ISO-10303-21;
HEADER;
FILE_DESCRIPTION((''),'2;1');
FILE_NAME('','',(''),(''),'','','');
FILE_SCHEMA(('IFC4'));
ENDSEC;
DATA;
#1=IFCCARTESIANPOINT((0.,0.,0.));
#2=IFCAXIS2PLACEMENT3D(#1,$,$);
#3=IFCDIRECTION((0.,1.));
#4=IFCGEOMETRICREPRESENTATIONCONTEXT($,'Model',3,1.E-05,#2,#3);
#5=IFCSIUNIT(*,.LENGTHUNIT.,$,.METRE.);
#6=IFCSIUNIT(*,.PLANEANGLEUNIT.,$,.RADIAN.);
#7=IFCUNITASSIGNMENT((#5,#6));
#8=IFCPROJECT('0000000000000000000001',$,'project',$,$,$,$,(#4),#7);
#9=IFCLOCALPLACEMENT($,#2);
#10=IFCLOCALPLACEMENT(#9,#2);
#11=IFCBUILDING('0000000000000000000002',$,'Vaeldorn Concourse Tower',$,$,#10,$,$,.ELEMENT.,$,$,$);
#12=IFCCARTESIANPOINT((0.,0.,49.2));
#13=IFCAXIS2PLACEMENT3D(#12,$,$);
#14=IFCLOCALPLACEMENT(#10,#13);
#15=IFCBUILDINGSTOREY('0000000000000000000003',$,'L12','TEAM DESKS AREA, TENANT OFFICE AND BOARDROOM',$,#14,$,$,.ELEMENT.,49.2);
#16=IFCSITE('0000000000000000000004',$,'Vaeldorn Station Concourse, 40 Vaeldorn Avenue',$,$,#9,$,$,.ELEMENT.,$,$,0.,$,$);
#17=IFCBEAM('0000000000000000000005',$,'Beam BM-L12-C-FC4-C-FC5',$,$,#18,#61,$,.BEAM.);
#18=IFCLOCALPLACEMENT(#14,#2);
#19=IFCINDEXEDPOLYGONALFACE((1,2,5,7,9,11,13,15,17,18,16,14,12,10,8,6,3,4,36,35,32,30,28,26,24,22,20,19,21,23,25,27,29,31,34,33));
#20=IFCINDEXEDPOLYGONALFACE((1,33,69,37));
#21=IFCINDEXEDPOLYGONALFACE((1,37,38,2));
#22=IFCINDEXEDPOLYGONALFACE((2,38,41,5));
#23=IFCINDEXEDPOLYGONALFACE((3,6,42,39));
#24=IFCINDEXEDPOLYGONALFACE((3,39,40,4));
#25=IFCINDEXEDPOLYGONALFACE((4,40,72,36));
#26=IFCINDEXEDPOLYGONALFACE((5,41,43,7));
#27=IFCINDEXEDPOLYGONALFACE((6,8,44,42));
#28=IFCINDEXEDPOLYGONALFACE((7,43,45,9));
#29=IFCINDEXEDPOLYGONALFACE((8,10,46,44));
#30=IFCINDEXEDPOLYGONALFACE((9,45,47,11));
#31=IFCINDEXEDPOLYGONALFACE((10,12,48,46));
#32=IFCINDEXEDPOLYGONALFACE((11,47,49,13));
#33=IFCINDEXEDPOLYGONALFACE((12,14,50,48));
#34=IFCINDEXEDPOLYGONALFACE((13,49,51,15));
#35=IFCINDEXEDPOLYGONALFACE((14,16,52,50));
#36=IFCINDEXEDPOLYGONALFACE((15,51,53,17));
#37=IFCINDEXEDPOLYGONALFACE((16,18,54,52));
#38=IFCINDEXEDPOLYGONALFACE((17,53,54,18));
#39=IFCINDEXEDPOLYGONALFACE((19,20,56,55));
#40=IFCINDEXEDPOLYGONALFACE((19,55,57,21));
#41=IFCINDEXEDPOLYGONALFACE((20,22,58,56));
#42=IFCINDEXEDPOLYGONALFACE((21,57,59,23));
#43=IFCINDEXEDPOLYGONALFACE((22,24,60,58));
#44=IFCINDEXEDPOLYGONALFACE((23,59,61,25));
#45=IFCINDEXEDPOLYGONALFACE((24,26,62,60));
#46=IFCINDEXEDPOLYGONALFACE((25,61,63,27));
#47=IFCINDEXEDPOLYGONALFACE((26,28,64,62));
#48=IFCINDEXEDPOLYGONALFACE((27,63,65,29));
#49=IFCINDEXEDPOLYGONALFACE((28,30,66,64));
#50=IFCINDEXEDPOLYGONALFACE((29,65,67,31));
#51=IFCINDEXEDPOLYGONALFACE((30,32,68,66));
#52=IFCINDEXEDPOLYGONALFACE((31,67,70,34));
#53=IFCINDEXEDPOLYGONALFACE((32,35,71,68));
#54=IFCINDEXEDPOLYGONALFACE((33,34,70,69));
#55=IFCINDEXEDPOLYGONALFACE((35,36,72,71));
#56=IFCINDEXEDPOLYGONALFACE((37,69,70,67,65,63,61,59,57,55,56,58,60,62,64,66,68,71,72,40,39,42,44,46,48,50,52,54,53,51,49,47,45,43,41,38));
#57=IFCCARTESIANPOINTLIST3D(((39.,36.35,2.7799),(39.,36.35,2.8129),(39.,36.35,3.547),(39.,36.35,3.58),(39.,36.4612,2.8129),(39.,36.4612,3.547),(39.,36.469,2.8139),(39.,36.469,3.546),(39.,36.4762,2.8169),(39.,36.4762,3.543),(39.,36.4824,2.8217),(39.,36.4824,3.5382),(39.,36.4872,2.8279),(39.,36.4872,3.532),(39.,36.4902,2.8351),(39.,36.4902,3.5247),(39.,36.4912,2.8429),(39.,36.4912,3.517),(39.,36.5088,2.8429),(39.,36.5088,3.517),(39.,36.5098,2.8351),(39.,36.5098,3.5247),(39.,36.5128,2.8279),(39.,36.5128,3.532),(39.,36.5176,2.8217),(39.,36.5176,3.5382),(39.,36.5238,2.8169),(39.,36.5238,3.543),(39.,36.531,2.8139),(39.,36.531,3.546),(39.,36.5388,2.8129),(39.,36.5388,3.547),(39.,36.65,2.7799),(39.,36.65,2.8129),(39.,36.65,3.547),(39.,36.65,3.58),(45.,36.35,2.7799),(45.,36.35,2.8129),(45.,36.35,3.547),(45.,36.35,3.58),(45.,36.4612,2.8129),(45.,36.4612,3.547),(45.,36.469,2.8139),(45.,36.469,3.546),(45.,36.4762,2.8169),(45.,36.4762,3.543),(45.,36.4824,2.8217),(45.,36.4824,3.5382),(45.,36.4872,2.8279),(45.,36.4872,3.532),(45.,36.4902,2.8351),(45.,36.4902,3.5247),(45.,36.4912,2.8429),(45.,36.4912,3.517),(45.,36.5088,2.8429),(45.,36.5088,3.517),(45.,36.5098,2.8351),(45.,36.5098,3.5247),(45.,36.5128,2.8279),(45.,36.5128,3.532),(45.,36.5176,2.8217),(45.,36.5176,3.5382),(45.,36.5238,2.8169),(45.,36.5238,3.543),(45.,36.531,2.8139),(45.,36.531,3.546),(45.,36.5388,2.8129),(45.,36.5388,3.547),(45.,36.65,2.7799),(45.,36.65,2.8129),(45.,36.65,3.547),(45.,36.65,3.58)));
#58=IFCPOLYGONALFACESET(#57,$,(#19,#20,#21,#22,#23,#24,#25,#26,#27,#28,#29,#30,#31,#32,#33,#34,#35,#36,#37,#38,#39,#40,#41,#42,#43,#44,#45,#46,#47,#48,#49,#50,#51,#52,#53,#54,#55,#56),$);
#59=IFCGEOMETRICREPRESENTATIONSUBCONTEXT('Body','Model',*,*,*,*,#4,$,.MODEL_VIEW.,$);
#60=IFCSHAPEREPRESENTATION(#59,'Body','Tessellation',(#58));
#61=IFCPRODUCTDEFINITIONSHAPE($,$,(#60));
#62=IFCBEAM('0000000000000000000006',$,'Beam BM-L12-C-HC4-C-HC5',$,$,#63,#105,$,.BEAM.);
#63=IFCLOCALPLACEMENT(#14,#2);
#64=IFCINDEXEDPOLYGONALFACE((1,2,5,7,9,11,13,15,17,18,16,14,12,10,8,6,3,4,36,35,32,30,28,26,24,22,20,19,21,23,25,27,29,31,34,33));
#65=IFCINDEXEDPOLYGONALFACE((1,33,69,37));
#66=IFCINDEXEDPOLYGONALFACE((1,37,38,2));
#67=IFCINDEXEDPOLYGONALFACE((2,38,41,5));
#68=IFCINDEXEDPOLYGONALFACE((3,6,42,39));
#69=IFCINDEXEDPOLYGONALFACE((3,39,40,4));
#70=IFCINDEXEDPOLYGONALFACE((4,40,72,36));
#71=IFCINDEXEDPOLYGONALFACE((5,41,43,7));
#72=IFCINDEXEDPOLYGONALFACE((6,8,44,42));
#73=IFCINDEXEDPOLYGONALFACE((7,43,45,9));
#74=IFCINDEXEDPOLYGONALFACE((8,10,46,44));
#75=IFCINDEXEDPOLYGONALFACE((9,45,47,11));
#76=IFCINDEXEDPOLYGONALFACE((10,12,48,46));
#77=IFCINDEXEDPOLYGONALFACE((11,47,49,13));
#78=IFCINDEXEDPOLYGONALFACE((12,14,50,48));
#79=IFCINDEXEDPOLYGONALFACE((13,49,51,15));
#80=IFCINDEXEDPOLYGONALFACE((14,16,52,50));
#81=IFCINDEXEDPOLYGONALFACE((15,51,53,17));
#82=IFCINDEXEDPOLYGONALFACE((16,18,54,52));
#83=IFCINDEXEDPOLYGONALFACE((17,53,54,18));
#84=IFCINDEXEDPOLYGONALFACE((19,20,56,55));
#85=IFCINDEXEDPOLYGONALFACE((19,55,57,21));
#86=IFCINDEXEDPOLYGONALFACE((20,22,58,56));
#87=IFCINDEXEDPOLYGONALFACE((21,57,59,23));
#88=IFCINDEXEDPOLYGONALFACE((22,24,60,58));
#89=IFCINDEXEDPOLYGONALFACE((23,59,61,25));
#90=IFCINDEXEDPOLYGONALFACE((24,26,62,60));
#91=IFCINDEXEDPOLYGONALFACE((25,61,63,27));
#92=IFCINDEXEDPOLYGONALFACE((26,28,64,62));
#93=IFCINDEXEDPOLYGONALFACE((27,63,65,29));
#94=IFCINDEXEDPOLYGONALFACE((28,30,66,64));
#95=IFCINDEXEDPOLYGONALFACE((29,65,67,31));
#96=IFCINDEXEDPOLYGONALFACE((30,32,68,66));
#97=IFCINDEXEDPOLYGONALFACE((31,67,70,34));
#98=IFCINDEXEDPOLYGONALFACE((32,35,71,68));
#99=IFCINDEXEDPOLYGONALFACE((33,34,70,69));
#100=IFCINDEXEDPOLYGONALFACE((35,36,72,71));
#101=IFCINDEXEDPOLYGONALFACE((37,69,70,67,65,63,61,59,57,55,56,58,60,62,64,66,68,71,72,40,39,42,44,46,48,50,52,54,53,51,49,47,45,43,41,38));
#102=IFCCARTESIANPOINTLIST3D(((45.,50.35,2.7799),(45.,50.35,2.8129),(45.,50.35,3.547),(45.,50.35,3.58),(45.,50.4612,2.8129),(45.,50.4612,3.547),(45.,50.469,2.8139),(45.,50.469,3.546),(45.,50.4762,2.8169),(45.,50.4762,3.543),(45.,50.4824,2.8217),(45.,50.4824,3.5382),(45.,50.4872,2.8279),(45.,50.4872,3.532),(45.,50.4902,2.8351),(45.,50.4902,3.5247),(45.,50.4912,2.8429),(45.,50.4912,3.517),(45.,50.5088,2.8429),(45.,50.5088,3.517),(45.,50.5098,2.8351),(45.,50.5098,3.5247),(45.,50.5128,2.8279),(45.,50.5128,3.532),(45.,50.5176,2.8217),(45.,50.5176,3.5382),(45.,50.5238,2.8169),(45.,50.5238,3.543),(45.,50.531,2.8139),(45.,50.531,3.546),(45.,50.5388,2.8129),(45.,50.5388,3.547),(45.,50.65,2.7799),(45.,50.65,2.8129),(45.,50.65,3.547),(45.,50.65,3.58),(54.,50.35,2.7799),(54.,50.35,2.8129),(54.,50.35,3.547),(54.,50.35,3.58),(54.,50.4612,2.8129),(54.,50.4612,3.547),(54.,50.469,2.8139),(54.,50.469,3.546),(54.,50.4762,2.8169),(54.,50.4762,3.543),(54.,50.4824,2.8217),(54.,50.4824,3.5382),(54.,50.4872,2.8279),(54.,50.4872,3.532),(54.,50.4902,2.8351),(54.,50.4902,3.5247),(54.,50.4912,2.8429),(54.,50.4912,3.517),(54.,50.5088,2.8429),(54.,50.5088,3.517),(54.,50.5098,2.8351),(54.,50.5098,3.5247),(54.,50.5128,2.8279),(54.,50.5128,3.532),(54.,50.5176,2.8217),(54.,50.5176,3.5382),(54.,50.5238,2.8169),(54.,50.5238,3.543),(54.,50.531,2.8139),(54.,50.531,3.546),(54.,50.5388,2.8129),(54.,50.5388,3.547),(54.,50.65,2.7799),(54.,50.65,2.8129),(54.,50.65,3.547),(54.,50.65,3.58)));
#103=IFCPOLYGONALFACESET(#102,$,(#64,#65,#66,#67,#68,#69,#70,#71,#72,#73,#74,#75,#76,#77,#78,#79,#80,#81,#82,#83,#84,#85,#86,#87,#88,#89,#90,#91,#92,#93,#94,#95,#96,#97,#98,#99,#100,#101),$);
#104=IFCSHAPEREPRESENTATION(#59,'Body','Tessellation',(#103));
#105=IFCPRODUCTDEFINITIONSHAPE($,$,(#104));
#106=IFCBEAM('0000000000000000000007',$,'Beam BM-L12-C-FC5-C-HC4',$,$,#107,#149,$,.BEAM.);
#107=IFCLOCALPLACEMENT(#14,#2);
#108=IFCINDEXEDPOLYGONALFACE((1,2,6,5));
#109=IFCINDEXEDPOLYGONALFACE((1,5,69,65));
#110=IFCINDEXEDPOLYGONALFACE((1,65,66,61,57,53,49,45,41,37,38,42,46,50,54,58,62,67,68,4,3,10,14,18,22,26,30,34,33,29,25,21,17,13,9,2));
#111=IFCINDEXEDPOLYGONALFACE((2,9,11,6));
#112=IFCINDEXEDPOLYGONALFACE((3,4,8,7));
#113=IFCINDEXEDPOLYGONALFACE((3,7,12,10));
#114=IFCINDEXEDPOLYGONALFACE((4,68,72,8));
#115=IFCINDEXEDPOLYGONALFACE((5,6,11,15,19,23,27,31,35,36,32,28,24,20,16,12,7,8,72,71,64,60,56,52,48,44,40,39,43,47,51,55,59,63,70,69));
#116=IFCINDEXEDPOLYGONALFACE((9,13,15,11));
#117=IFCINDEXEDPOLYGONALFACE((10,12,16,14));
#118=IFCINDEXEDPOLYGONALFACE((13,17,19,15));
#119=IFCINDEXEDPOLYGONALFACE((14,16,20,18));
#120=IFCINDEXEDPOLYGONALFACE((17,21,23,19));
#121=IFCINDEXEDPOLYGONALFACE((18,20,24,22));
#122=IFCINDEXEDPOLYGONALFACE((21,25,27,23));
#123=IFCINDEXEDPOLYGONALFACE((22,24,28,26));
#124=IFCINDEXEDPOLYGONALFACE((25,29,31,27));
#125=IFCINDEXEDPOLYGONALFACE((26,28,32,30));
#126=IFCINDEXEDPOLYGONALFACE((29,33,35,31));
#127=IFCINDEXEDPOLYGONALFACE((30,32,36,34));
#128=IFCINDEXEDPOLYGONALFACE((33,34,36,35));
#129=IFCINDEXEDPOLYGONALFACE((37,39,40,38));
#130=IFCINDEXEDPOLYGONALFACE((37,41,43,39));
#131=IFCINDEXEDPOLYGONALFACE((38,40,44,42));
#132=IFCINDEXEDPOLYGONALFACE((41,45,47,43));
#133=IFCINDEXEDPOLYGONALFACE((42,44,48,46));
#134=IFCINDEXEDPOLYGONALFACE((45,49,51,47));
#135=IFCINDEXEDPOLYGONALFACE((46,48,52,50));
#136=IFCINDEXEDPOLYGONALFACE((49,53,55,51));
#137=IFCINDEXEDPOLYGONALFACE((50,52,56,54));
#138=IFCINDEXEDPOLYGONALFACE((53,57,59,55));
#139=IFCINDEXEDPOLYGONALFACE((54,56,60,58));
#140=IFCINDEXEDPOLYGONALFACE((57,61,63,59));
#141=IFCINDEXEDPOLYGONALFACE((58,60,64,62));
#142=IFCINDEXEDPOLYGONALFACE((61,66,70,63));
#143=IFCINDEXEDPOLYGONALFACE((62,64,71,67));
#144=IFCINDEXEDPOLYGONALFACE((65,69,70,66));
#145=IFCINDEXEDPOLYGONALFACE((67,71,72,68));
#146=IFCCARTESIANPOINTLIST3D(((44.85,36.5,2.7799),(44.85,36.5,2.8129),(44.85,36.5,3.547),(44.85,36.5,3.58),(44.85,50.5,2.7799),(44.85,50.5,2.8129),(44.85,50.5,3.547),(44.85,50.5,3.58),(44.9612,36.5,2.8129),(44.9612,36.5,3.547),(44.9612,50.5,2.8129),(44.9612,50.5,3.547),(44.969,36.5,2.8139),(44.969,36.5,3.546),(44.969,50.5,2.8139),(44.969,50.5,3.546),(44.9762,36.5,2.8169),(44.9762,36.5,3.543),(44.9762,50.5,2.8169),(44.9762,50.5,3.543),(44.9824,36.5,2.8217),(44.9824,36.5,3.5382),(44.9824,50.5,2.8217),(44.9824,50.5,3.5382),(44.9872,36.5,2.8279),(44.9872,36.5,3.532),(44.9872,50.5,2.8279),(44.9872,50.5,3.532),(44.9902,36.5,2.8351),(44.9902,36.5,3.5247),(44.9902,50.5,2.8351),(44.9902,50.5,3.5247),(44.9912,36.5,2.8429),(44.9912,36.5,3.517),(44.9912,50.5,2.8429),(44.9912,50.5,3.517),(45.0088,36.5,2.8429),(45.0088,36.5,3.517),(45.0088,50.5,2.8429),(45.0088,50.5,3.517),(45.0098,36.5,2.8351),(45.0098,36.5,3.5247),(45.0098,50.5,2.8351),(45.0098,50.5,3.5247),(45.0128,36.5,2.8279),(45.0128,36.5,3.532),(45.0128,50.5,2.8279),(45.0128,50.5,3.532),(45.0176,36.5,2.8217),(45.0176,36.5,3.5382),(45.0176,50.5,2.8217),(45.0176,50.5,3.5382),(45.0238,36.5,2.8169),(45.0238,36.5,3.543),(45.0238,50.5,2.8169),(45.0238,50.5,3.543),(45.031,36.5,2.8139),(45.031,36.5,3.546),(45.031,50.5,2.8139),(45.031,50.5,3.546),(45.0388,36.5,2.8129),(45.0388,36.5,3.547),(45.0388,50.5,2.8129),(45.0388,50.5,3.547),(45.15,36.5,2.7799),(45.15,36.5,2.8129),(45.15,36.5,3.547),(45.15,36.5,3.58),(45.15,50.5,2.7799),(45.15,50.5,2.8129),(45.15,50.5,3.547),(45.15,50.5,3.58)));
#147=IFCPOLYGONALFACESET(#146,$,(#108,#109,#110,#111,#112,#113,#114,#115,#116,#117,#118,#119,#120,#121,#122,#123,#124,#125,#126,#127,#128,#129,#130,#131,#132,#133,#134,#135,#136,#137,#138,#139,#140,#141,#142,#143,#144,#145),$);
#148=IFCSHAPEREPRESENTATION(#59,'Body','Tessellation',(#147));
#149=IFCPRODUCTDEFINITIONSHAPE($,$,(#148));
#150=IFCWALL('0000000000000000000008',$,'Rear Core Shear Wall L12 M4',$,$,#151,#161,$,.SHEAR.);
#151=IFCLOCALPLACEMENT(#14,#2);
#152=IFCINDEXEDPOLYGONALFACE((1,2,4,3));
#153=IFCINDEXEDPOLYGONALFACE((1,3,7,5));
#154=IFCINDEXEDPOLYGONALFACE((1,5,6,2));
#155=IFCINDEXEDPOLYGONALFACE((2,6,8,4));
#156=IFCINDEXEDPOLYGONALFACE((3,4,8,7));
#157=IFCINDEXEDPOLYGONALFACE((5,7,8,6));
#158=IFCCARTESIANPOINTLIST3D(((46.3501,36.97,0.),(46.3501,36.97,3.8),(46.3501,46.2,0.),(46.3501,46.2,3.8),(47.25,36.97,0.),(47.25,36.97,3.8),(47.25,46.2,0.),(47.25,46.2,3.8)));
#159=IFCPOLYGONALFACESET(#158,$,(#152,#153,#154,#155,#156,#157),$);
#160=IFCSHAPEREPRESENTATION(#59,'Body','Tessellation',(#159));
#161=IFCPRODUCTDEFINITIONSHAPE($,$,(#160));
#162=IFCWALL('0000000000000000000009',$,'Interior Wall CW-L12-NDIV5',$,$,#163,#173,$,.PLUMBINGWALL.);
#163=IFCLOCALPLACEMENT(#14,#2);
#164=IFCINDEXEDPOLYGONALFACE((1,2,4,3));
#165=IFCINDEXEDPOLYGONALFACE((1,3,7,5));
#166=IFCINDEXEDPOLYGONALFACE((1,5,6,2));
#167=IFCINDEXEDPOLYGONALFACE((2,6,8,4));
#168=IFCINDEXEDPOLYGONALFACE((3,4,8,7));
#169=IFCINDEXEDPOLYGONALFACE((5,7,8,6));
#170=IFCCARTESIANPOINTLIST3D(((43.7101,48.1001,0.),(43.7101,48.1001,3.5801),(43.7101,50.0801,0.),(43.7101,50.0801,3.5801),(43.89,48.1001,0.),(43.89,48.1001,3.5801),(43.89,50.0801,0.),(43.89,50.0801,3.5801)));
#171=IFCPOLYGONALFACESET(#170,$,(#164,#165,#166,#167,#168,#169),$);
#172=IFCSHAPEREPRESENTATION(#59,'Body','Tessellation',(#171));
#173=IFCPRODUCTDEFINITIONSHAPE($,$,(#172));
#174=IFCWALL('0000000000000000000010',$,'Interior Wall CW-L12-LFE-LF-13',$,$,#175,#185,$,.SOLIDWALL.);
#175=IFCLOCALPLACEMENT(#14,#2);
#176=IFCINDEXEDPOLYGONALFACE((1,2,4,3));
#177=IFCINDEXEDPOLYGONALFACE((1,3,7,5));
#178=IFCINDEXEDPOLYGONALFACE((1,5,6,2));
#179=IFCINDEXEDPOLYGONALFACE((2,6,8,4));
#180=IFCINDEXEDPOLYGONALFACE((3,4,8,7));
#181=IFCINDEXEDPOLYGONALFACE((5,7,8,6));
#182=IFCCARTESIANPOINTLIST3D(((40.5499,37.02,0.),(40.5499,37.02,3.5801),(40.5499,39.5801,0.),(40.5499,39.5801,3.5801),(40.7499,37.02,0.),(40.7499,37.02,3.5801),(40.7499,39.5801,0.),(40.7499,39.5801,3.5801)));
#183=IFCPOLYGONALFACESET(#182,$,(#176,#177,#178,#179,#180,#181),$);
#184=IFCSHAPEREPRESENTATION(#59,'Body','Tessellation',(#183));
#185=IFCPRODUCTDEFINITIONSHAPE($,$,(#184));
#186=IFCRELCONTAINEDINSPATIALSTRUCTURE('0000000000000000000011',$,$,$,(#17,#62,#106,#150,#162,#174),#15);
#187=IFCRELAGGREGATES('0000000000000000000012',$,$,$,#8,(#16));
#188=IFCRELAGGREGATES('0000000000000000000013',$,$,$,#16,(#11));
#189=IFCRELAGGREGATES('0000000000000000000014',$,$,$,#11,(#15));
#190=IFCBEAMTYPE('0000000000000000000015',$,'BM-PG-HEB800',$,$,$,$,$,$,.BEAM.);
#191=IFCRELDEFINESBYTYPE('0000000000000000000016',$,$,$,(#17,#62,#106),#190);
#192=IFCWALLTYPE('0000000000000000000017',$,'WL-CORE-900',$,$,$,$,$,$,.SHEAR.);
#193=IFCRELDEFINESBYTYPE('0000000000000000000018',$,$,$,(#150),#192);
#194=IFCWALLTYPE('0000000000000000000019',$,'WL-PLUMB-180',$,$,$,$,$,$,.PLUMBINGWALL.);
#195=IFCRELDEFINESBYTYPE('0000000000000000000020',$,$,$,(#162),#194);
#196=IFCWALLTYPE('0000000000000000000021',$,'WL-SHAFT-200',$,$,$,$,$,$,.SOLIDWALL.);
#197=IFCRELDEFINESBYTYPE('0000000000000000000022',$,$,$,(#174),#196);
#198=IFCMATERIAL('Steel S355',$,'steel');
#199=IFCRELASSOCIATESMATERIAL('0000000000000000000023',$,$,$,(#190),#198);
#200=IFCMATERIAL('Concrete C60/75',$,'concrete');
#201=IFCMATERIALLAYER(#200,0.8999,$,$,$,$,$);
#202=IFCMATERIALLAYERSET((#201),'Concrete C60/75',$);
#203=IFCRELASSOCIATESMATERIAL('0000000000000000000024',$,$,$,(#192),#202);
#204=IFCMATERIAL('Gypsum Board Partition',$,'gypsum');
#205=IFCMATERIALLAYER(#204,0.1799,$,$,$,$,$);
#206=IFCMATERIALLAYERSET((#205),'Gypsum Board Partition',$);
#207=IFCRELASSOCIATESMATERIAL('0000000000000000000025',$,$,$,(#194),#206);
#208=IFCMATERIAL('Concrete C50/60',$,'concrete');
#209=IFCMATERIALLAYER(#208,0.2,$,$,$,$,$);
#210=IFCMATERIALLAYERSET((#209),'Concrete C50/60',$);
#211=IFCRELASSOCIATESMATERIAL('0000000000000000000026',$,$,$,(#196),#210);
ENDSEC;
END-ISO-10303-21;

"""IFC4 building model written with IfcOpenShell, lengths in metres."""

from ifc_helpers import new_model, si_unit, direction, frame, frame_2d, origin, origin_2d, place, context, subcontext, project, spatial, rectangle, i_section, extrude, source, transform, mapped, material, layer, layer_set, material_profile, profile_set, type_object, element, save


model = new_model("IFC4")

# Units and contexts
model_context = context("Model", 3, precision=1e-05, world=origin(), true_north=direction((0.0, 1.0)))
body_context = subcontext(model_context, "Body", "Model", "MODEL_VIEW")
ifc_project = project(units=[si_unit("LENGTHUNIT", "METRE"), si_unit("PLANEANGLEUNIT", "RADIAN")], contexts=[model_context])

# Site, building, storey
site_placement = place(None, origin())
site = spatial("IfcSite", under=ifc_project, at=site_placement, Name="Vaeldorn Station Concourse, 40 Vaeldorn Avenue", CompositionType="ELEMENT", RefElevation=0.0)
building_placement = place(site_placement, origin())
building = spatial("IfcBuilding", under=site, at=building_placement, Name="Vaeldorn Concourse Tower", CompositionType="ELEMENT")
storey_placement = place(building_placement, frame((0.0, 0.0, 49.2)))
storey = spatial("IfcBuildingStorey", under=building, at=storey_placement, Name="L12", Description="TEAM DESKS AREA, TENANT OFFICE AND BOARDROOM", CompositionType="ELEMENT", Elevation=49.2)

# Beams
ifc_material_1 = material(Name="Concrete C60/75", Category="concrete")
ifc_material_2 = material(Name="Steel S355", Category="steel")
ifc_material_profile_1 = material_profile(ifc_material_2, i_section(OverallWidth=0.3, OverallDepth=0.8, WebThickness=0.0176, FlangeThickness=0.033, FilletRadius=0.03, at=origin_2d()), Name="HEB 800")
ifc_profile_set_1 = profile_set([ifc_material_profile_1], Name="Steel S355")
beam_type_1 = type_object("IfcBeamType", Name="BM-PG-HEB800", PredefinedType="BEAM", material=ifc_profile_set_1)
shared_shape_1 = source(origin(), body_context, "Body", "SweptSolid", [
    extrude(i_section(OverallWidth=0.3, OverallDepth=0.8, WebThickness=0.0176, FlangeThickness=0.033, FilletRadius=0.03, at=origin_2d()), origin(), (0.0, 0.0, 1.0), 6.0),
])
beam_1_placement = place(storey_placement, frame((39.0, 36.5, 3.1799), z_axis=(1.0, 0.0, 0.0), x_axis=(0.0, 1.0, 0.0)))
element("IfcBeam", 1, at=beam_1_placement, inside=storey, type_object=beam_type_1, Name="Beam BM-L12-C-FC4-C-FC5", PredefinedType="BEAM", context=body_context, shape_type="MappedRepresentation", body=[
    mapped(shared_shape_1, transform((0.0, 0.0, 0.0), scale=1.0)),
])
shared_shape_2 = source(origin(), body_context, "Body", "SweptSolid", [
    extrude(i_section(OverallWidth=0.3, OverallDepth=0.8, WebThickness=0.0176, FlangeThickness=0.033, FilletRadius=0.03, at=origin_2d()), origin(), (0.0, 0.0, 1.0), 9.0),
])
beam_2_placement = place(storey_placement, frame((45.0, 50.5, 3.1799), z_axis=(1.0, 0.0, 0.0), x_axis=(0.0, 1.0, 0.0)))
element("IfcBeam", 2, at=beam_2_placement, inside=storey, type_object=beam_type_1, Name="Beam BM-L12-C-HC4-C-HC5", PredefinedType="BEAM", context=body_context, shape_type="MappedRepresentation", body=[
    mapped(shared_shape_2, transform((0.0, 0.0, 0.0), scale=1.0)),
])
shared_shape_3 = source(origin(), body_context, "Body", "SweptSolid", [
    extrude(i_section(OverallWidth=0.3, OverallDepth=0.8, WebThickness=0.0176, FlangeThickness=0.033, FilletRadius=0.03, at=origin_2d()), origin(), (0.0, 0.0, 1.0), 14.0),
])
beam_3_placement = place(storey_placement, frame((45.0, 36.5, 3.1799), z_axis=(0.0, 1.0, 0.0), x_axis=(-1.0, 0.0, 0.0)))
element("IfcBeam", 3, at=beam_3_placement, inside=storey, type_object=beam_type_1, Name="Beam BM-L12-C-FC5-C-HC4", PredefinedType="BEAM", context=body_context, shape_type="MappedRepresentation", body=[
    mapped(shared_shape_3, transform((0.0, 0.0, 0.0), scale=1.0)),
])

# Walls
ifc_layer_1 = layer(ifc_material_1, 0.8999)
ifc_layer_set_1 = layer_set([ifc_layer_1], Name="Concrete C60/75")
wall_type_1 = type_object("IfcWallType", Name="WL-CORE-900", PredefinedType="SHEAR", material=ifc_layer_set_1)
wall_1_placement = place(storey_placement, frame((46.8, 36.97, 0.0), z_axis=(0.0, 0.0, 1.0), x_axis=(0.0, 1.0, 0.0)))
element("IfcWall", 4, at=wall_1_placement, inside=storey, type_object=wall_type_1, Name="Rear Core Shear Wall L12 M4", PredefinedType="SHEAR", context=body_context, shape_type="SweptSolid", body=[
    extrude(rectangle(XDim=9.23, YDim=0.8999, at=frame_2d((4.615, 0.0))), origin(), (0.0, 0.0, 1.0), 3.8),
])
ifc_material_3 = material(Name="Gypsum Board Partition", Category="gypsum")
ifc_layer_2 = layer(ifc_material_3, 0.1799)
ifc_layer_set_2 = layer_set([ifc_layer_2], Name="Gypsum Board Partition")
wall_type_2 = type_object("IfcWallType", Name="WL-PLUMB-180", PredefinedType="PLUMBINGWALL", material=ifc_layer_set_2)
wall_2_placement = place(storey_placement, frame((43.8, 48.1001, 0.0), z_axis=(0.0, 0.0, 1.0), x_axis=(0.0, 1.0, 0.0)))
element("IfcWall", 5, at=wall_2_placement, inside=storey, type_object=wall_type_2, Name="Interior Wall CW-L12-NDIV5", PredefinedType="PLUMBINGWALL", context=body_context, shape_type="SweptSolid", body=[
    extrude(rectangle(XDim=1.98, YDim=0.1799, at=frame_2d((0.99, 0.0))), origin(), (0.0, 0.0, 1.0), 3.5801),
])

# Shared definitions
ifc_material_4 = material(Name="Concrete C50/60", Category="concrete")
ifc_layer_3 = layer(ifc_material_4, 0.2)
ifc_layer_set_3 = layer_set([ifc_layer_3], Name="Concrete C50/60")
wall_type_3 = type_object("IfcWallType", Name="WL-SHAFT-200", PredefinedType="SOLIDWALL", material=ifc_layer_set_3)

# Wall
wall_3_placement = place(storey_placement, frame((40.6499, 37.02, 0.0), z_axis=(0.0, 0.0, 1.0), x_axis=(0.0, 1.0, 0.0)))
element("IfcWall", 6, at=wall_3_placement, inside=storey, type_object=wall_type_3, Name="Interior Wall CW-L12-LFE-LF-13", PredefinedType="SOLIDWALL", context=body_context, shape_type="SweptSolid", body=[
    extrude(rectangle(XDim=2.5601, YDim=0.2, at=frame_2d((1.28, 0.0))), origin(), (0.0, 0.0, 1.0), 3.5801),
])

save(model, "model.ifc")
